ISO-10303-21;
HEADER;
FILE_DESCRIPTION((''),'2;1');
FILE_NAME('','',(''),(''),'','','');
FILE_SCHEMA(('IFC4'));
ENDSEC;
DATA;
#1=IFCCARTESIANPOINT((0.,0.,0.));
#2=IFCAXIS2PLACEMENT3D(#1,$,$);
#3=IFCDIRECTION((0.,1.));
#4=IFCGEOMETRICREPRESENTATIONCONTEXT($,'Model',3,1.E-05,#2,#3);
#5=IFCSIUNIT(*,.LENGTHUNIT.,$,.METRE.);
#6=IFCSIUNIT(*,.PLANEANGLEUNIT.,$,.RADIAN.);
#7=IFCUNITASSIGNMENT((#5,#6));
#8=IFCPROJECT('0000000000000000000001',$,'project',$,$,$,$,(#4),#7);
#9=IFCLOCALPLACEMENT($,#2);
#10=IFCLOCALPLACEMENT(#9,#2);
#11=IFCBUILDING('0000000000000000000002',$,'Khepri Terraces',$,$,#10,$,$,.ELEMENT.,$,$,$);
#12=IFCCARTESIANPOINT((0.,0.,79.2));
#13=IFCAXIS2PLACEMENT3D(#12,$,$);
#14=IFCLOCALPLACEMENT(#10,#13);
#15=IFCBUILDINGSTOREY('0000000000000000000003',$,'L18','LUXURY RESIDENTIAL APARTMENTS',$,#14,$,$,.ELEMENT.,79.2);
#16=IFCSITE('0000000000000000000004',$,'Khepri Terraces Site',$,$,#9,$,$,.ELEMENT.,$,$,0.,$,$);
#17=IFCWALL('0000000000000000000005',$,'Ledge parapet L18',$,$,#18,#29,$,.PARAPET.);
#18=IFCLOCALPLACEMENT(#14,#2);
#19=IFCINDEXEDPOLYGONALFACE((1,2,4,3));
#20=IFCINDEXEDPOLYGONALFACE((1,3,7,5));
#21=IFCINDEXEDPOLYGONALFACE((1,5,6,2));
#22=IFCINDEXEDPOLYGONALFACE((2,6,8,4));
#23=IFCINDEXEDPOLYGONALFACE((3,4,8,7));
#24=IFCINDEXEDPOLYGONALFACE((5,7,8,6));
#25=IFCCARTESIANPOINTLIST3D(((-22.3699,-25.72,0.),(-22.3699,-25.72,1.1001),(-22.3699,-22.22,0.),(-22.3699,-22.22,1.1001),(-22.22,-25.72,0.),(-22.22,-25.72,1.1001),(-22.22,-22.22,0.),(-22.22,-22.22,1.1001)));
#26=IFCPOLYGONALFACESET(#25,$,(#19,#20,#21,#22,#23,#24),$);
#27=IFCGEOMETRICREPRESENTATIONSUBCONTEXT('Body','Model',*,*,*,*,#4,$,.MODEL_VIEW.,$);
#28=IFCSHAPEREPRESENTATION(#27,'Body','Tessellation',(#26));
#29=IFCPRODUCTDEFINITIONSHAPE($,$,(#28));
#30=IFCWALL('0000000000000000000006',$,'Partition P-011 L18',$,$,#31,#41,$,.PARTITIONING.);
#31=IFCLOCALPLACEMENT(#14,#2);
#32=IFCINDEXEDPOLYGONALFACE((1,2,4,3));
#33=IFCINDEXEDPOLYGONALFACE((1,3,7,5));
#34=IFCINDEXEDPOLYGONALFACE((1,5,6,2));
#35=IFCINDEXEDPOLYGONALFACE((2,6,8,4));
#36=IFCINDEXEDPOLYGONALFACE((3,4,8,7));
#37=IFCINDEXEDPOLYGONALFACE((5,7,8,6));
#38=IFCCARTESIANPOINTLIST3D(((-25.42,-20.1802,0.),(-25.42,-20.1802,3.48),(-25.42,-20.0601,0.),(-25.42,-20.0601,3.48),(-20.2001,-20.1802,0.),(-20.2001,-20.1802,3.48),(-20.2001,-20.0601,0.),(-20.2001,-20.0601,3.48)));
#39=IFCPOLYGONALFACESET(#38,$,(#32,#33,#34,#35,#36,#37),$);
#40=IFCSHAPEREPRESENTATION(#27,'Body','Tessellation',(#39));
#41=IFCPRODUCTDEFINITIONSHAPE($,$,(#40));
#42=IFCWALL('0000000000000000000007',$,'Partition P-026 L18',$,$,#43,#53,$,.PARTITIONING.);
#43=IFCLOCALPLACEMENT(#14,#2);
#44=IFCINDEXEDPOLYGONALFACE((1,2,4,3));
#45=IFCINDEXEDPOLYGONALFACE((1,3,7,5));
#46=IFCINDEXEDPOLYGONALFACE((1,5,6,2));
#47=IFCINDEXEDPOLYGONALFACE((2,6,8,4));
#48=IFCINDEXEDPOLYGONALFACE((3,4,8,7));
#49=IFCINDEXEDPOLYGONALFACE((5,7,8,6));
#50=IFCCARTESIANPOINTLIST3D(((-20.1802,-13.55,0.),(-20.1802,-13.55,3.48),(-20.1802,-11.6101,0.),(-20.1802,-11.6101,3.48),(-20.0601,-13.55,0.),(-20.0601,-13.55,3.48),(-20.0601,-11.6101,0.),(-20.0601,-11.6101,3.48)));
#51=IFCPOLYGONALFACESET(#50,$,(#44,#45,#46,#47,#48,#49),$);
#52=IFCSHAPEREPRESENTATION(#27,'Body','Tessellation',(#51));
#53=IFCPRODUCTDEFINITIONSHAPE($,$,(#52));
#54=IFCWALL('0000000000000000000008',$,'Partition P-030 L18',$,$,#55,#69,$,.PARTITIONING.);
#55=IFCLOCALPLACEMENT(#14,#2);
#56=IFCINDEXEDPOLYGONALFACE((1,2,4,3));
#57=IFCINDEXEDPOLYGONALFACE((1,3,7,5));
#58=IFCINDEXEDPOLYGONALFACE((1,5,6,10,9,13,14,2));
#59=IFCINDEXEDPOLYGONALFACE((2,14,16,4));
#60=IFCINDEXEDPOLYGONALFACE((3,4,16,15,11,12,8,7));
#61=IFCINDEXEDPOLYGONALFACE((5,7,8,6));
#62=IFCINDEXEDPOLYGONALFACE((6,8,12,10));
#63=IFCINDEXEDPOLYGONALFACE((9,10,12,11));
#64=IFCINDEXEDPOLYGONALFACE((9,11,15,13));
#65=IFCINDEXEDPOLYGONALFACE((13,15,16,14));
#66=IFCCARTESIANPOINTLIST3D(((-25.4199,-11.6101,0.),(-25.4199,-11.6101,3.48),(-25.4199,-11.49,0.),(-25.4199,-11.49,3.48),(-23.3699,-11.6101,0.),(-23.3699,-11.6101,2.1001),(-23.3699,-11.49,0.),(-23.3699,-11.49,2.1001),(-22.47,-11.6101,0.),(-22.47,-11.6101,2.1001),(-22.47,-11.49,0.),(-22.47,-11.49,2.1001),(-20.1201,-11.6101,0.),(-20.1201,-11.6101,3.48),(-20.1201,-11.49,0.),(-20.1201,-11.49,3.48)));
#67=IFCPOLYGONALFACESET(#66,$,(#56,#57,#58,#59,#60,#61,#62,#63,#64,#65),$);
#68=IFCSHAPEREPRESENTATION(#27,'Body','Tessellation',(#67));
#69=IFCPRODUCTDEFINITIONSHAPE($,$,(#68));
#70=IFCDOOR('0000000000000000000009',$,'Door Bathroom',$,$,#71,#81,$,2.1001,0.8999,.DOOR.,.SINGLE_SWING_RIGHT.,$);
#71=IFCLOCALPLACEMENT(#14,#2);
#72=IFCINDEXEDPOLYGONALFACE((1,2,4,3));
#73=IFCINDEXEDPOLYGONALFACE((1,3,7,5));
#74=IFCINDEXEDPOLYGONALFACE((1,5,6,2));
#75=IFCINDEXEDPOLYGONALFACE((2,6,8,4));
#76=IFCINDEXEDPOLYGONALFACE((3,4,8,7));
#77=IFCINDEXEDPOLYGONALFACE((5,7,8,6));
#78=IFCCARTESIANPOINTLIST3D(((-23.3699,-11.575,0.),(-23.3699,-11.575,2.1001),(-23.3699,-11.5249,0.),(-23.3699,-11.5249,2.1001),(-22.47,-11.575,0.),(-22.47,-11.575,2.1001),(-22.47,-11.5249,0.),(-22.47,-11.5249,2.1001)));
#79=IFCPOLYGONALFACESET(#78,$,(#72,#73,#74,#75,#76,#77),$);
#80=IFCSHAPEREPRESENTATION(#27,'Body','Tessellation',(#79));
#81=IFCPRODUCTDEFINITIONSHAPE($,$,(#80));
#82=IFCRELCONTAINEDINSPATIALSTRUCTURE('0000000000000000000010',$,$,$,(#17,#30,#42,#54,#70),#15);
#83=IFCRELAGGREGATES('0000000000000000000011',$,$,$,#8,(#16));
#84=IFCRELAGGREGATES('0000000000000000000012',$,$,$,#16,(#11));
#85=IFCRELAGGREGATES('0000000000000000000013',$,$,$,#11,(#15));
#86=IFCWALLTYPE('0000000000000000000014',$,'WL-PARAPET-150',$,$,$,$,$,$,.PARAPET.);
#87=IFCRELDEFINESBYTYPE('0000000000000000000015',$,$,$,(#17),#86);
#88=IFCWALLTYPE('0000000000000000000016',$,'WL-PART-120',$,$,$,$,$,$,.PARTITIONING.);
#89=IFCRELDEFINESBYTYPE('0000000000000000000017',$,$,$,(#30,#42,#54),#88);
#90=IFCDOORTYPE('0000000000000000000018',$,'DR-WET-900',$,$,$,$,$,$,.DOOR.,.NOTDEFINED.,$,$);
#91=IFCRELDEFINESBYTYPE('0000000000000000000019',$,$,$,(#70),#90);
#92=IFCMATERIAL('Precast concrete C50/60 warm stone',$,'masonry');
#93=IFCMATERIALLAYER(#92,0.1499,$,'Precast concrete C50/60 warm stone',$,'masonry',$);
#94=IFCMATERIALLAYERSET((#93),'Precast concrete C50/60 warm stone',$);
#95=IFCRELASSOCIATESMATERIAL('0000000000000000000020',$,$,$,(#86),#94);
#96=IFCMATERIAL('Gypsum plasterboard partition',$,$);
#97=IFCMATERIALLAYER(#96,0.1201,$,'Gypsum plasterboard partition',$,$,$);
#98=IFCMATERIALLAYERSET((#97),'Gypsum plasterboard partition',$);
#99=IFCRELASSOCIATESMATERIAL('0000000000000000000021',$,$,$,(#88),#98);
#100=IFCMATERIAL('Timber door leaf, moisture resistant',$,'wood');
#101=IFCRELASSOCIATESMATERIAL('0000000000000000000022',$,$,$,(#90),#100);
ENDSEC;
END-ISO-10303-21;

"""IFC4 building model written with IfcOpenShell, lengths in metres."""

from ifc_helpers import new_model, si_unit, direction, frame, frame_2d, origin, place, context, subcontext, project, spatial, rectangle, extrude, material, layer, layer_set, type_object, element, fill, save


model = new_model("IFC4")

# Units and contexts
model_context = context("Model", 3, precision=1e-05, world=origin(), true_north=direction((0.0, 1.0)))
body_context = subcontext(model_context, "Body", "Model", "MODEL_VIEW")
ifc_project = project(units=[si_unit("LENGTHUNIT", "METRE"), si_unit("PLANEANGLEUNIT", "RADIAN")], contexts=[model_context])

# Site, building, storey
site_placement = place(None, origin())
site = spatial("IfcSite", under=ifc_project, at=site_placement, Name="Khepri Terraces Site", CompositionType="ELEMENT", RefElevation=0.0)
building_placement = place(site_placement, origin())
building = spatial("IfcBuilding", under=site, at=building_placement, Name="Khepri Terraces", CompositionType="ELEMENT")
storey_placement = place(building_placement, frame((0.0, 0.0, 79.2)))
storey = spatial("IfcBuildingStorey", under=building, at=storey_placement, Name="L18", Description="LUXURY RESIDENTIAL APARTMENTS", CompositionType="ELEMENT", Elevation=79.2)

# Shared definitions
ifc_material_1 = material(Name="Precast concrete C50/60 warm stone", Category="masonry")

# Walls
ifc_layer_1 = layer(ifc_material_1, 0.1499, Name="Precast concrete C50/60 warm stone", Category="masonry")
ifc_layer_set_1 = layer_set([ifc_layer_1], Name="Precast concrete C50/60 warm stone")
wall_type_1 = type_object("IfcWallType", Name="WL-PARAPET-150", PredefinedType="PARAPET", material=ifc_layer_set_1)
wall_1_placement = place(storey_placement, frame((-22.2949, -25.72, 0.0), z_axis=(0.0, 0.0, 1.0), x_axis=(0.0, 1.0, 0.0)))
element("IfcWall", 1, at=wall_1_placement, inside=storey, type_object=wall_type_1, Name="Ledge parapet L18", PredefinedType="PARAPET", context=body_context, shape_type="SweptSolid", body=[
    extrude(rectangle(XDim=3.5, YDim=0.1499, at=frame_2d((1.75, 0.0))), origin(), (0.0, 0.0, 1.0), 1.1001),
])
ifc_material_2 = material(Name="Gypsum plasterboard partition")
ifc_layer_2 = layer(ifc_material_2, 0.1201, Name="Gypsum plasterboard partition")
ifc_layer_set_2 = layer_set([ifc_layer_2], Name="Gypsum plasterboard partition")
wall_type_2 = type_object("IfcWallType", Name="WL-PART-120", PredefinedType="PARTITIONING", material=ifc_layer_set_2)
wall_2_placement = place(storey_placement, frame((-25.4199, -20.1201, 0.0), z_axis=(0.0, 0.0, 1.0), x_axis=(1.0, 0.0, 0.0)))
element("IfcWall", 2, at=wall_2_placement, inside=storey, type_object=wall_type_2, Name="Partition P-011 L18", PredefinedType="PARTITIONING", context=body_context, shape_type="SweptSolid", body=[
    extrude(rectangle(XDim=5.22, YDim=0.1201, at=frame_2d((2.6099, 0.0))), origin(), (0.0, 0.0, 1.0), 3.48),
])
wall_3_placement = place(storey_placement, frame((-20.1201, -13.55, 0.0), z_axis=(0.0, 0.0, 1.0), x_axis=(0.0, 1.0, 0.0)))
element("IfcWall", 3, at=wall_3_placement, inside=storey, type_object=wall_type_2, Name="Partition P-026 L18", PredefinedType="PARTITIONING", context=body_context, shape_type="SweptSolid", body=[
    extrude(rectangle(XDim=1.9399, YDim=0.1201, at=frame_2d((0.97, 0.0))), origin(), (0.0, 0.0, 1.0), 3.48),
])

# Wall, opening, door
wall_4_placement = place(storey_placement, frame((-25.4199, -11.55, 0.0), z_axis=(0.0, 0.0, 1.0), x_axis=(1.0, 0.0, 0.0)))
wall_4 = element("IfcWall", 4, at=wall_4_placement, inside=storey, type_object=wall_type_2, Name="Partition P-030 L18", PredefinedType="PARTITIONING", context=body_context, shape_type="SweptSolid", body=[
    extrude(rectangle(XDim=5.2998, YDim=0.1201, at=frame_2d((2.6499, 0.0))), origin(), (0.0, 0.0, 1.0), 3.48),
])
opening_1_placement = place(wall_4_placement, frame((2.05, 0.0, 0.0)))
opening_1 = element("IfcOpeningElement", 5, at=opening_1_placement, cuts=wall_4, PredefinedType="OPENING", context=body_context, shape_type="SweptSolid", body=[
    extrude(rectangle(XDim=0.8999, YDim=2.1001, at=frame_2d((0.45, 1.05))), frame((0.0, 0.0701, 0.0), z_axis=(0.0, -1.0, 0.0), x_axis=(1.0, 0.0, 0.0)), (0.0, 0.0, 1.0), 0.1401),
])
ifc_material_3 = material(Name="Timber door leaf, moisture resistant", Category="wood")
door_type_1 = type_object("IfcDoorType", Name="DR-WET-900", OperationType="NOTDEFINED", PredefinedType="DOOR", material=ifc_material_3)
door_1_placement = place(opening_1_placement, frame((0.8999, 0.0, 0.0), z_axis=(0.0, 0.0, 1.0), x_axis=(-1.0, 0.0, 0.0)))
door_1 = element("IfcDoor", 6, at=door_1_placement, inside=storey, type_object=door_type_1, Name="Door Bathroom", OperationType="SINGLE_SWING_RIGHT", OverallHeight=2.1001, OverallWidth=0.8999, PredefinedType="DOOR", context=body_context, shape_type="SweptSolid", body=[
    extrude(rectangle(XDim=0.8999, YDim=2.1001, at=frame_2d((0.45, 1.05))), frame((0.0, 0.0249, 0.0), z_axis=(0.0, -1.0, 0.0), x_axis=(1.0, 0.0, 0.0)), (0.0, 0.0, 1.0), 0.05),
])
fill(opening_1, door_1)

save(model, "model.ifc")
